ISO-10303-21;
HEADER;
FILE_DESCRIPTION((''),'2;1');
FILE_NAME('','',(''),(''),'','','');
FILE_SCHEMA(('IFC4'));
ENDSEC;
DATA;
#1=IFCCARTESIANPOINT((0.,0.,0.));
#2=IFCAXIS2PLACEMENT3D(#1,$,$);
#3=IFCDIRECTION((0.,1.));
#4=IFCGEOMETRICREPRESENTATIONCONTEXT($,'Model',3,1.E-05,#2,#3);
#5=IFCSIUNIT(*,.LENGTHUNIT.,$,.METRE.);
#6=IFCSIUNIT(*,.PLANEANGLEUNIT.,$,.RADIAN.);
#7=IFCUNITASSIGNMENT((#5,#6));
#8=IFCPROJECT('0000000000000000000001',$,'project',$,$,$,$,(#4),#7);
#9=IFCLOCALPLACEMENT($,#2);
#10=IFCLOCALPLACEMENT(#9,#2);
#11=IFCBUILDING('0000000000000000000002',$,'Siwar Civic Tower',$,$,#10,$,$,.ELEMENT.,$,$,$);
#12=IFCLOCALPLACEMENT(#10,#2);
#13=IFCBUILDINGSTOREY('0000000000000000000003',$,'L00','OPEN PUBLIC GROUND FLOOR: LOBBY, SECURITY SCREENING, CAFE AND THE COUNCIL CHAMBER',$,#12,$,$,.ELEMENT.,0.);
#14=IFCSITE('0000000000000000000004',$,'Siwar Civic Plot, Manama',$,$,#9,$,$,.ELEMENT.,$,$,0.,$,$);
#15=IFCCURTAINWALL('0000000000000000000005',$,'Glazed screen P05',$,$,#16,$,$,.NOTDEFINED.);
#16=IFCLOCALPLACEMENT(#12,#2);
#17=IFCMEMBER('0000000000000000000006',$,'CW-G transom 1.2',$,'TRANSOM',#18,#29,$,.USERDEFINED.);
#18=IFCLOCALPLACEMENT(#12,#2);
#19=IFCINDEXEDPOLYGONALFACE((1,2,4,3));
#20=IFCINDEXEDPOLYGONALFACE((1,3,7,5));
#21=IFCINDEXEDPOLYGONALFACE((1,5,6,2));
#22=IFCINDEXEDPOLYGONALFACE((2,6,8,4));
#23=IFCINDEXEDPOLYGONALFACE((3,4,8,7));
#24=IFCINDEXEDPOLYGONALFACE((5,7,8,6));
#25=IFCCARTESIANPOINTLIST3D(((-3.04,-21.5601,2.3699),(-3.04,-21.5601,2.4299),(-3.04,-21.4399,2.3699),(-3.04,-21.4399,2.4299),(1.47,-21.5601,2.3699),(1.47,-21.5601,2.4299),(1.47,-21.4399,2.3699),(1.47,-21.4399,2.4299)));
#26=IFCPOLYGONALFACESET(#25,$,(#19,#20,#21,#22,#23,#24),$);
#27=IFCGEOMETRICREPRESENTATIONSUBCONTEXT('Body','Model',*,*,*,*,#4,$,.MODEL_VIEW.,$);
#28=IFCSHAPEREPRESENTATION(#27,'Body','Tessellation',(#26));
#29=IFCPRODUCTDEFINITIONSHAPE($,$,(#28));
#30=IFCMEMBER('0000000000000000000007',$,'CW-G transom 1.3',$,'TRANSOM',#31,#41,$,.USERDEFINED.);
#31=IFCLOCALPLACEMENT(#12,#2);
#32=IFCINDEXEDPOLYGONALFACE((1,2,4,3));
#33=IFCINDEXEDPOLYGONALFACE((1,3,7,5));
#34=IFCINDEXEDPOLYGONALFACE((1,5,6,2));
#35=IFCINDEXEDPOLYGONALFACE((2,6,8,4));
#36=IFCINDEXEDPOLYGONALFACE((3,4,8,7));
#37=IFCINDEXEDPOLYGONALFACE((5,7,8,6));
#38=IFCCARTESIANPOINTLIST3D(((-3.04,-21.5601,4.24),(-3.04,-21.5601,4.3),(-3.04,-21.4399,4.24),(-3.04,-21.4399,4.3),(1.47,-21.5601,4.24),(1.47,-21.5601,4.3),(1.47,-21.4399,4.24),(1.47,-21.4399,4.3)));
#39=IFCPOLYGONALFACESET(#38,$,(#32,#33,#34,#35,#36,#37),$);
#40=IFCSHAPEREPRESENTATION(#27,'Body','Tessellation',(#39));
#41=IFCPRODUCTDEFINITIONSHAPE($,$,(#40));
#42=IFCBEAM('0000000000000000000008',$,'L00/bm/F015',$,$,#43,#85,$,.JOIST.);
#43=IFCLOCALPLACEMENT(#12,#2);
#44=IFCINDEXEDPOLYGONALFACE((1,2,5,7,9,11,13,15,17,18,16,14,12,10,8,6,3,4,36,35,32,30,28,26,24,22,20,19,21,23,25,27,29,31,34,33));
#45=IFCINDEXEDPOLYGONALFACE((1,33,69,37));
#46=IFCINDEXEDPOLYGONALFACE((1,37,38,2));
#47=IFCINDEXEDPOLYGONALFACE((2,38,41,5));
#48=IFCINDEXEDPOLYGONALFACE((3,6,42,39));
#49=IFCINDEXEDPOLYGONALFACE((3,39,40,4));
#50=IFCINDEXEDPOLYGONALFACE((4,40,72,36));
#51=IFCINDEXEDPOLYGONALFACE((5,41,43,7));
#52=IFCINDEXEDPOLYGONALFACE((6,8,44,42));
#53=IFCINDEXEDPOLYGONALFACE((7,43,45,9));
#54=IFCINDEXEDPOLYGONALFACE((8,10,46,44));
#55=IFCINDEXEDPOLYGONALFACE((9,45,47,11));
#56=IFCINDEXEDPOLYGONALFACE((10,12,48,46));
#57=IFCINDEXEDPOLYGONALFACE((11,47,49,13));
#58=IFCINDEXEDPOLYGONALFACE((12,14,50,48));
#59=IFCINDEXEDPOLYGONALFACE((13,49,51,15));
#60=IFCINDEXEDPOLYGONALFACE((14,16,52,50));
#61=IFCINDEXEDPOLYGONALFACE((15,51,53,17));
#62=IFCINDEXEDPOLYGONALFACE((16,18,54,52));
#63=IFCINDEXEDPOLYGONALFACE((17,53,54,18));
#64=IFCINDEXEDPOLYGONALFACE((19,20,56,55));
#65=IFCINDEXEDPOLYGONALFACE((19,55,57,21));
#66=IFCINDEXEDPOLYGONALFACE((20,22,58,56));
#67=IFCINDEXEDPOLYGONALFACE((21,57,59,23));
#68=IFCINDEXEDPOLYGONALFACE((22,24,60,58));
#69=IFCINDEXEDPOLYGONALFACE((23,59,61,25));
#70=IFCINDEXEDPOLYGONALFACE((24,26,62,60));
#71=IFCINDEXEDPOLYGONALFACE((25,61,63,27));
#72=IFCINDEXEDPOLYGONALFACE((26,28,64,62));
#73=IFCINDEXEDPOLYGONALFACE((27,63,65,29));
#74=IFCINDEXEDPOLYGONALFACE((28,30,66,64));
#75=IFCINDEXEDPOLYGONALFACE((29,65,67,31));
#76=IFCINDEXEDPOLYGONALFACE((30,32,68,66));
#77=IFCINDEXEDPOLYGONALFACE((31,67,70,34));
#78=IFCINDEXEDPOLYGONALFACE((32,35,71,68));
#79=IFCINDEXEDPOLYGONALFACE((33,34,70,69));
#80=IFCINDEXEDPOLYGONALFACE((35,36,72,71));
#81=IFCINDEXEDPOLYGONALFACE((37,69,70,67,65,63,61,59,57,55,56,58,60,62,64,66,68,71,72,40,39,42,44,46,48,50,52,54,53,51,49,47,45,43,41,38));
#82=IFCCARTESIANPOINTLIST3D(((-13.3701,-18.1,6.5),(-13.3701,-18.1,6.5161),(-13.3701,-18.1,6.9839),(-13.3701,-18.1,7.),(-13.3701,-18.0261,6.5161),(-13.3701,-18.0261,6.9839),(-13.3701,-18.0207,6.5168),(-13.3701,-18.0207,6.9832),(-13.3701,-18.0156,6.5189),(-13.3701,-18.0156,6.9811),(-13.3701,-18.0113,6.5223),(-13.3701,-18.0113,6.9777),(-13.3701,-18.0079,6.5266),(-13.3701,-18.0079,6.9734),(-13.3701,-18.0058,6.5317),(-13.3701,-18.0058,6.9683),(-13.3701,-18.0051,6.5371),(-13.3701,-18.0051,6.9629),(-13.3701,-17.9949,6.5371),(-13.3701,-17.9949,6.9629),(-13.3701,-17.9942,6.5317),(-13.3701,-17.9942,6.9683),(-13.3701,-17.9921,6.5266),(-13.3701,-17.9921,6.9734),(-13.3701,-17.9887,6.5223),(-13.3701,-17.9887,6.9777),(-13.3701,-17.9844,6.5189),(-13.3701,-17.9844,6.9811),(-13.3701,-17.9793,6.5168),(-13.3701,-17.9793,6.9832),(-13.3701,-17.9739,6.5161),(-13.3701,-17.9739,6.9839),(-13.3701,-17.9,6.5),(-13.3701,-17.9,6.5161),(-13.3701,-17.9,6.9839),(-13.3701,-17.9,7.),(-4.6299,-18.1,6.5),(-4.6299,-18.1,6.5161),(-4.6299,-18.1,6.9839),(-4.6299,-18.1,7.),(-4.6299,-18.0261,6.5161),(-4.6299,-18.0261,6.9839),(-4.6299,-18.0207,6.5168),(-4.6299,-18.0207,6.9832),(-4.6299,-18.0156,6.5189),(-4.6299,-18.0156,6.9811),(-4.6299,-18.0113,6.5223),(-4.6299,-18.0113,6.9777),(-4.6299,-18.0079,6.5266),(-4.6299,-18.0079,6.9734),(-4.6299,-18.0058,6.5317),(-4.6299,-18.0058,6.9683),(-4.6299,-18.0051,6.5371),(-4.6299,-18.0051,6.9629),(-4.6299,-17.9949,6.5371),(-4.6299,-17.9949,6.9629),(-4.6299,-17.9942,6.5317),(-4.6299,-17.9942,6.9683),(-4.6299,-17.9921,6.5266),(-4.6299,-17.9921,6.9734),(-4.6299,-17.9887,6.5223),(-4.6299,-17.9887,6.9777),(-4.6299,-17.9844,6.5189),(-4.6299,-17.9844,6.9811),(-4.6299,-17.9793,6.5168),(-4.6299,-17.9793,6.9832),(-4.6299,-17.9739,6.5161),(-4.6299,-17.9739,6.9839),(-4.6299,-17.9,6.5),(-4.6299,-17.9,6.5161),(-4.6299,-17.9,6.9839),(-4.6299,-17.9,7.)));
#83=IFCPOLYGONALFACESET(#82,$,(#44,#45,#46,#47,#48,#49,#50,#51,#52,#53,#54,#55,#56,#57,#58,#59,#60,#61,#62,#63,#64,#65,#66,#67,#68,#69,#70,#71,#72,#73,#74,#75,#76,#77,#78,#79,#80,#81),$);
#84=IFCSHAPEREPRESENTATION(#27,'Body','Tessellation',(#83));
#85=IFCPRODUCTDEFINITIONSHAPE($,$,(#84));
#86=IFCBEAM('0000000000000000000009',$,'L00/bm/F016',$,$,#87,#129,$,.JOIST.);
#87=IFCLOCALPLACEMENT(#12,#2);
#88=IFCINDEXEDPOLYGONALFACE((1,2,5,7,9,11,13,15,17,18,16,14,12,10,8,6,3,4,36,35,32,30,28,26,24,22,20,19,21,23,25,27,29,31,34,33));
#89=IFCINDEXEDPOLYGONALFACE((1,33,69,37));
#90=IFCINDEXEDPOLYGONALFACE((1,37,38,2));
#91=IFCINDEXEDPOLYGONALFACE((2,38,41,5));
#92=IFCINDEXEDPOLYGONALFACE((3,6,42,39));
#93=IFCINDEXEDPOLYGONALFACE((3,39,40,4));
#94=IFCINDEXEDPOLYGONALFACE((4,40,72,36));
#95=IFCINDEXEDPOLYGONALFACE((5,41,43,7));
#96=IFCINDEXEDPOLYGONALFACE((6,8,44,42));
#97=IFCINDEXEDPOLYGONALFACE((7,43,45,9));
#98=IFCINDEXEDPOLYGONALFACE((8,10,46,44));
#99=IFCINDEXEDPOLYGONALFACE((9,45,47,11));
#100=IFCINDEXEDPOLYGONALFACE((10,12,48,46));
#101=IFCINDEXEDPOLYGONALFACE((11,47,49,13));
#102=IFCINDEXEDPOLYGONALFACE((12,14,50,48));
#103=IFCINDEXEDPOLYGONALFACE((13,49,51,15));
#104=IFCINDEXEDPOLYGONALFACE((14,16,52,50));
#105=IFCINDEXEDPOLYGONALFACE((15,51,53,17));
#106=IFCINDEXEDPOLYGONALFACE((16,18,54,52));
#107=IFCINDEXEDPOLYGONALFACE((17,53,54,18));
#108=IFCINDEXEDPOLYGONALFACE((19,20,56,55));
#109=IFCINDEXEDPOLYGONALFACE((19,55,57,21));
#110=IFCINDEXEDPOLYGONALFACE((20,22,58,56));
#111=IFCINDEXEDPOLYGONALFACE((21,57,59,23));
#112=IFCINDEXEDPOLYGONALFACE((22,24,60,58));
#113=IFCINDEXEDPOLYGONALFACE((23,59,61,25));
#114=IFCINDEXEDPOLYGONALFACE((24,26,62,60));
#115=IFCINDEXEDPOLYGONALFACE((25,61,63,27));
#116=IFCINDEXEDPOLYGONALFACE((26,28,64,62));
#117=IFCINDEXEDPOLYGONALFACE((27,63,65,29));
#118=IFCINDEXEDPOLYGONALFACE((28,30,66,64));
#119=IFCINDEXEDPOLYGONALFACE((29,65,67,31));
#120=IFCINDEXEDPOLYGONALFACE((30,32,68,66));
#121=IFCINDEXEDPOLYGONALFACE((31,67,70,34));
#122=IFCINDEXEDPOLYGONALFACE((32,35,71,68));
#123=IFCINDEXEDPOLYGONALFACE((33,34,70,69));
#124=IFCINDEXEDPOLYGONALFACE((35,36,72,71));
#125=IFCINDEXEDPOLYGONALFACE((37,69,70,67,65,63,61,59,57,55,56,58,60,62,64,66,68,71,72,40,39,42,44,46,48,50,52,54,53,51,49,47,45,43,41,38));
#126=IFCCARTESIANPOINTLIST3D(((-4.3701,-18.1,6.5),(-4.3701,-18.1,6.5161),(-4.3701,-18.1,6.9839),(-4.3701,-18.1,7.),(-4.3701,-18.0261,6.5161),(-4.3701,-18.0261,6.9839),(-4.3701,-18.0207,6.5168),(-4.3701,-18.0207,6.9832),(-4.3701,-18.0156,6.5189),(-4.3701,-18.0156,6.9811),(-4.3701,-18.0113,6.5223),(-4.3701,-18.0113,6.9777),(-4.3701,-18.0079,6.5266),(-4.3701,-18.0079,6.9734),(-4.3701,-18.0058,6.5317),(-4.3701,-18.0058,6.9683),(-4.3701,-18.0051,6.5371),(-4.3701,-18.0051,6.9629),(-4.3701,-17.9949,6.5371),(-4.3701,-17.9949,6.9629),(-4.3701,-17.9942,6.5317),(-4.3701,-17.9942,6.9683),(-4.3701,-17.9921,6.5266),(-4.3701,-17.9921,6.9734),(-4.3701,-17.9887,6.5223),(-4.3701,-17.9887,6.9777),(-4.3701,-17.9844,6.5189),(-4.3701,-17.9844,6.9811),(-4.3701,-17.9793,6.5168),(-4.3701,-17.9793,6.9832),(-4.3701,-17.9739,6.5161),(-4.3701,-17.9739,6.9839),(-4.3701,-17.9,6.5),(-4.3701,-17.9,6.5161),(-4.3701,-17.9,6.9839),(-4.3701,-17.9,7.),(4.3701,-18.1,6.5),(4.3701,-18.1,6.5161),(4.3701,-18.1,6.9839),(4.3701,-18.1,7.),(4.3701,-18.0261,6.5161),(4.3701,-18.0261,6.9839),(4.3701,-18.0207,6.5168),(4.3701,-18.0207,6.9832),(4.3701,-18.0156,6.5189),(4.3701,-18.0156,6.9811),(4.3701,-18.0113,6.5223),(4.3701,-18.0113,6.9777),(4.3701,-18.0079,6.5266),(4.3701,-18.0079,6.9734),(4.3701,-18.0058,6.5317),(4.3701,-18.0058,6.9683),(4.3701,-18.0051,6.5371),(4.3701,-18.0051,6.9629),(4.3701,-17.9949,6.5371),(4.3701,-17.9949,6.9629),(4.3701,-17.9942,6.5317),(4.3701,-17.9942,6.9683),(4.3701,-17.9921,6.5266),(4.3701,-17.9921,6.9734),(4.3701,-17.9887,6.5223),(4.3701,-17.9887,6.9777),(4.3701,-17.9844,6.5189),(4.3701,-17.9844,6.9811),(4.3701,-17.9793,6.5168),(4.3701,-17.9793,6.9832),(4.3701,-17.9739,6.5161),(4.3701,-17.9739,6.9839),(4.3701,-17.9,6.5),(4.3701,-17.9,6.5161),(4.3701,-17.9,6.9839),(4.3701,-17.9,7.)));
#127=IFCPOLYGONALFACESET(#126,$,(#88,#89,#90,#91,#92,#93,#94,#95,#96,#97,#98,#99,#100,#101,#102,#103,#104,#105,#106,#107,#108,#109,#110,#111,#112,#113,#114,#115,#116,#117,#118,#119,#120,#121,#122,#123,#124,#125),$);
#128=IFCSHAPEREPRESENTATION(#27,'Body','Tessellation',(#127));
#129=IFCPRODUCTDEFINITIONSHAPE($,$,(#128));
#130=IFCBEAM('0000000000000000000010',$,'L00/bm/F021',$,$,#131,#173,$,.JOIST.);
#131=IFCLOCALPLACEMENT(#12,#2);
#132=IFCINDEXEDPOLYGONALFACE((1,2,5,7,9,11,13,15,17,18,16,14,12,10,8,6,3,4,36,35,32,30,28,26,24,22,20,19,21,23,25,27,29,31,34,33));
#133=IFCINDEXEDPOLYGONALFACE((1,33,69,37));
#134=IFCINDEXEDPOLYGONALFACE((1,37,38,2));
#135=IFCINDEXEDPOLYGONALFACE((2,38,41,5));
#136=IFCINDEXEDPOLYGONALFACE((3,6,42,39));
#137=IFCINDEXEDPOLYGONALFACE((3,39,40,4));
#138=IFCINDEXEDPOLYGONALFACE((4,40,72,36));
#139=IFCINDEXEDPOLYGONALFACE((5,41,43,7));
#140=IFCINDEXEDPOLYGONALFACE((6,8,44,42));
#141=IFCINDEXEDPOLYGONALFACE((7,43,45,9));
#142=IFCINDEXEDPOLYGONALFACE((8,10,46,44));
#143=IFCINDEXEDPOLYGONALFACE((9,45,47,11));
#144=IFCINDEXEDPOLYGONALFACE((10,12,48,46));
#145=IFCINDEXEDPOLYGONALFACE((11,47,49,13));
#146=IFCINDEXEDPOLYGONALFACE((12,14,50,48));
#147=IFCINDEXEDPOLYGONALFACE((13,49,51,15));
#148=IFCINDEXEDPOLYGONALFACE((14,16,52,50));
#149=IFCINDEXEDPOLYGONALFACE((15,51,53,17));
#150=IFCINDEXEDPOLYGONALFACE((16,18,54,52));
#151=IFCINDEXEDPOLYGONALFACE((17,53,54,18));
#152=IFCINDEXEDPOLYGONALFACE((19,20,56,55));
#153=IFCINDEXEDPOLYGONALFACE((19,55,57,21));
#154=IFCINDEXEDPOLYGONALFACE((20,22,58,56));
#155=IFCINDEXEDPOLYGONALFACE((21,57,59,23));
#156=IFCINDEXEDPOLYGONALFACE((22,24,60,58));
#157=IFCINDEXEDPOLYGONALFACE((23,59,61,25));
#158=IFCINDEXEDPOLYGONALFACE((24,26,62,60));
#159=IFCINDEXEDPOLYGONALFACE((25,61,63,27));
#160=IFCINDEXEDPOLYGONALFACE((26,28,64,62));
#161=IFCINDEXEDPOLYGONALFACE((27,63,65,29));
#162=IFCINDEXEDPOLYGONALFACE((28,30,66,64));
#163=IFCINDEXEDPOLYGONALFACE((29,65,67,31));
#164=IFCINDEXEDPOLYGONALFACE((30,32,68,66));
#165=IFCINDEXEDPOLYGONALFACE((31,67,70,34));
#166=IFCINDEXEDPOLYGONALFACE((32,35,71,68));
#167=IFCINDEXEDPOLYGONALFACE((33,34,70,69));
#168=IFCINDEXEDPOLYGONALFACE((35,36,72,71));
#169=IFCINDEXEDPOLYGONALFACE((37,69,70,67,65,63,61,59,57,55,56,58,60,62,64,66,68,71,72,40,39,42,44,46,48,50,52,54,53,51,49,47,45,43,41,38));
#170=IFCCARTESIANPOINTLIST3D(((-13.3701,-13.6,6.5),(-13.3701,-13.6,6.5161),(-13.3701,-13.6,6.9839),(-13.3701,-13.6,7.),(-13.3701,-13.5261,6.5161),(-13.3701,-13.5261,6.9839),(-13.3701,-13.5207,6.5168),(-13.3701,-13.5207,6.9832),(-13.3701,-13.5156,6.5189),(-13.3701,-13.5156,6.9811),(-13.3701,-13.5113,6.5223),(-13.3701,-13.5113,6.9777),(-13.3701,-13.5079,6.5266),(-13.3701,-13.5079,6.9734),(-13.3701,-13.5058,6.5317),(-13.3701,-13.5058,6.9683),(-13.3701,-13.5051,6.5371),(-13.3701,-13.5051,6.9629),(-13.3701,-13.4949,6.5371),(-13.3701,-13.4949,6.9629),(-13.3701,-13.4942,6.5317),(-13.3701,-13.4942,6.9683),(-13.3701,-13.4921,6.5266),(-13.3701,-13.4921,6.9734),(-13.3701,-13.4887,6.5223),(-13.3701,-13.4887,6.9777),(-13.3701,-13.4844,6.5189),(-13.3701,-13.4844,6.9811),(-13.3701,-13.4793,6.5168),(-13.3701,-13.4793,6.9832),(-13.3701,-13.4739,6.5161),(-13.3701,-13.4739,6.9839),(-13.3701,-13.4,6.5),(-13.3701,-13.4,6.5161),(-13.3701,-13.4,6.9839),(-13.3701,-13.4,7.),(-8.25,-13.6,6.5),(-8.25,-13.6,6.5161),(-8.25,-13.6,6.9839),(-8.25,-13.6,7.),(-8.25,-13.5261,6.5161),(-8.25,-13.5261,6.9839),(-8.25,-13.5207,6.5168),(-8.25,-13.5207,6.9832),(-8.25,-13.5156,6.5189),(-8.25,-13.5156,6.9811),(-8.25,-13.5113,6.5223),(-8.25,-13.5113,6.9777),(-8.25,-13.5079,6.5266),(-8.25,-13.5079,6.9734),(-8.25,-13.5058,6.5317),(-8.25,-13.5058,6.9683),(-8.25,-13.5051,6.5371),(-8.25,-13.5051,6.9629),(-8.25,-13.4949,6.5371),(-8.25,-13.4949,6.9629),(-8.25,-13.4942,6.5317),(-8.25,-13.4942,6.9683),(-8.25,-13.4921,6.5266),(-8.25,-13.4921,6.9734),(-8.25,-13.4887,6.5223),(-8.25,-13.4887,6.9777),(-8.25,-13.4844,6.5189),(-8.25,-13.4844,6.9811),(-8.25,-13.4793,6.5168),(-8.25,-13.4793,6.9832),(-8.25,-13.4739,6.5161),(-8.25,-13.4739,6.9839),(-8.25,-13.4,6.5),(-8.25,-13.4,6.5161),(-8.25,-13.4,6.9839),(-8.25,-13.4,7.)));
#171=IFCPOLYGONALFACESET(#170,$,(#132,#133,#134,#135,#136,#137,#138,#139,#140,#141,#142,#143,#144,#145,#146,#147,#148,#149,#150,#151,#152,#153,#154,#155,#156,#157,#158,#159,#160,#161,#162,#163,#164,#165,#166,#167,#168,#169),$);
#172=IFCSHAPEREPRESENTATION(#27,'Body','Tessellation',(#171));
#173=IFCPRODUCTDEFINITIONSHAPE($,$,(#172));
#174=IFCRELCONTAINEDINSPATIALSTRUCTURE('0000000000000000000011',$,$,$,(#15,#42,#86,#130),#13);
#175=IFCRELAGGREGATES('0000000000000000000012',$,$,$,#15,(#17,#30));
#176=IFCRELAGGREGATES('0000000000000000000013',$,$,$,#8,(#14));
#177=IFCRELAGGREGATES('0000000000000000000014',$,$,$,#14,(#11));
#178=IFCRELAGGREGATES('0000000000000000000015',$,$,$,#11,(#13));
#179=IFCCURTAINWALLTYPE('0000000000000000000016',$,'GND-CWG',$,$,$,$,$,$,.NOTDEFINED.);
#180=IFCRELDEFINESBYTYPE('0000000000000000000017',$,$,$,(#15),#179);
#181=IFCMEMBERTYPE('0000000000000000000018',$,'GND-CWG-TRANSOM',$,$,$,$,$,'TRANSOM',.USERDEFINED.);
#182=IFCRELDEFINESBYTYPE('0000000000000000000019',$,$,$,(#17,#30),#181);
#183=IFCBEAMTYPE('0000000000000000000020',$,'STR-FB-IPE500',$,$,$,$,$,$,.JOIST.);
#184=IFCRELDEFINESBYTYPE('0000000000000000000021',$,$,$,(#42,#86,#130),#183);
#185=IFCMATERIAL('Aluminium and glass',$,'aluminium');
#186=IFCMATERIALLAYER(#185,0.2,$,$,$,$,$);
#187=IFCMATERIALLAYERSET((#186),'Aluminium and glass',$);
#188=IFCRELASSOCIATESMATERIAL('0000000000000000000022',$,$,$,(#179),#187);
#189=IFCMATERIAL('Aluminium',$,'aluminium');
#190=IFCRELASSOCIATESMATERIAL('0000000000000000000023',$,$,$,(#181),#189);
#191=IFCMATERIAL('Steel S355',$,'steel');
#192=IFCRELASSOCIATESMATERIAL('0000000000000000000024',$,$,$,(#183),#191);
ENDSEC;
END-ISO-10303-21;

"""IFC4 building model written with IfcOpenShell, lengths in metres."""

from ifc_helpers import new_model, si_unit, direction, frame, origin, origin_2d, place, context, subcontext, project, spatial, rectangle, i_section, extrude, material, layer, layer_set, material_profile, profile_set, type_object, element, aggregate, save


model = new_model("IFC4")

# Units and contexts
model_context = context("Model", 3, precision=1e-05, world=origin(), true_north=direction((0.0, 1.0)))
body_context = subcontext(model_context, "Body", "Model", "MODEL_VIEW")
ifc_project = project(units=[si_unit("LENGTHUNIT", "METRE"), si_unit("PLANEANGLEUNIT", "RADIAN")], contexts=[model_context])

# Site, building, storey
site_placement = place(None, origin())
site = spatial("IfcSite", under=ifc_project, at=site_placement, Name="Siwar Civic Plot, Manama", CompositionType="ELEMENT", RefElevation=0.0)
building_placement = place(site_placement, origin())
building = spatial("IfcBuilding", under=site, at=building_placement, Name="Siwar Civic Tower", CompositionType="ELEMENT")
storey_placement = place(building_placement, origin())
storey = spatial("IfcBuildingStorey", under=building, at=storey_placement, Name="L00", Description="OPEN PUBLIC GROUND FLOOR: LOBBY, SECURITY SCREENING, CAFE AND THE COUNCIL CHAMBER", CompositionType="ELEMENT", Elevation=0.0)

# Curtain wall, members
ifc_material_1 = material(Name="Aluminium and glass", Category="aluminium")
ifc_layer_1 = layer(ifc_material_1, 0.2)
ifc_layer_set_1 = layer_set([ifc_layer_1], Name="Aluminium and glass")
curtain_wall_type = type_object("IfcCurtainWallType", Name="GND-CWG", PredefinedType="NOTDEFINED", material=ifc_layer_set_1)
curtain_wall_placement = place(storey_placement, origin())
curtain_wall = element("IfcCurtainWall", 1, at=curtain_wall_placement, inside=storey, type_object=curtain_wall_type, Name="Glazed screen P05", PredefinedType="NOTDEFINED")
ifc_material_2 = material(Name="Aluminium", Category="aluminium")
ifc_material_profile_1 = material_profile(ifc_material_2, rectangle(XDim=0.1201, YDim=0.0601, at=origin_2d()), Name="AL 120x60")
ifc_profile_set_1 = profile_set([ifc_material_profile_1], Name="Aluminium")
member_type = type_object("IfcMemberType", Name="GND-CWG-TRANSOM", ElementType="TRANSOM", PredefinedType="USERDEFINED", material=ifc_profile_set_1)
member_1_placement = place(storey_placement, frame((-3.04, -21.5, 2.3999), z_axis=(1.0, 0.0, 0.0), x_axis=(0.0, 1.0, 0.0)))
member_1 = element("IfcMember", 2, at=member_1_placement, type_object=member_type, Name="CW-G transom 1.2", ObjectType="TRANSOM", PredefinedType="USERDEFINED", context=body_context, shape_type="SweptSolid", body=[
    extrude(rectangle(XDim=0.1201, YDim=0.0601, at=origin_2d()), origin(), (0.0, 0.0, 1.0), 4.51),
])
member_2_placement = place(storey_placement, frame((-3.04, -21.5, 4.27), z_axis=(1.0, 0.0, 0.0), x_axis=(0.0, 1.0, 0.0)))
member_2 = element("IfcMember", 3, at=member_2_placement, type_object=member_type, Name="CW-G transom 1.3", ObjectType="TRANSOM", PredefinedType="USERDEFINED", context=body_context, shape_type="SweptSolid", body=[
    extrude(rectangle(XDim=0.1201, YDim=0.0601, at=origin_2d()), origin(), (0.0, 0.0, 1.0), 4.51),
])

# Beams
ifc_material_3 = material(Name="Steel S355", Category="steel")
ifc_material_profile_2 = material_profile(ifc_material_3, i_section(OverallWidth=0.2, OverallDepth=0.5, WebThickness=0.0103, FlangeThickness=0.0161, FilletRadius=0.021, at=origin_2d()), Name="IPE500")
ifc_profile_set_2 = profile_set([ifc_material_profile_2], Name="Steel S355")
beam_type = type_object("IfcBeamType", Name="STR-FB-IPE500", PredefinedType="JOIST", material=ifc_profile_set_2)
for number, where, z_axis, x_axis, name in (
    (4, (-13.3701, -18.0, 6.75), (1.0, 0.0, 0.0), (0.0, 1.0, 0.0), "L00/bm/F015"),
    (5, (-4.3701, -18.0, 6.75), (1.0, 0.0, 0.0), (0.0, 1.0, 0.0), "L00/bm/F016"),
):
    element("IfcBeam", number, at=place(storey_placement, frame(where, z_axis=z_axis, x_axis=x_axis)), inside=storey, type_object=beam_type, Name=name, PredefinedType="JOIST", context=body_context, shape_type="SweptSolid", body=[
        extrude(i_section(OverallWidth=0.2, OverallDepth=0.5, WebThickness=0.0103, FlangeThickness=0.0161, FilletRadius=0.021, at=origin_2d()), origin(), (0.0, 0.0, 1.0), 8.7402),
    ])
beam_1_placement = place(storey_placement, frame((-13.3701, -13.5, 6.75), z_axis=(1.0, 0.0, 0.0), x_axis=(0.0, 1.0, 0.0)))
element("IfcBeam", 6, at=beam_1_placement, inside=storey, type_object=beam_type, Name="L00/bm/F021", PredefinedType="JOIST", context=body_context, shape_type="SweptSolid", body=[
    extrude(i_section(OverallWidth=0.2, OverallDepth=0.5, WebThickness=0.0103, FlangeThickness=0.0161, FilletRadius=0.021, at=origin_2d()), origin(), (0.0, 0.0, 1.0), 5.1201),
])

aggregate(curtain_wall, [member_1, member_2])

save(model, "model.ifc")
